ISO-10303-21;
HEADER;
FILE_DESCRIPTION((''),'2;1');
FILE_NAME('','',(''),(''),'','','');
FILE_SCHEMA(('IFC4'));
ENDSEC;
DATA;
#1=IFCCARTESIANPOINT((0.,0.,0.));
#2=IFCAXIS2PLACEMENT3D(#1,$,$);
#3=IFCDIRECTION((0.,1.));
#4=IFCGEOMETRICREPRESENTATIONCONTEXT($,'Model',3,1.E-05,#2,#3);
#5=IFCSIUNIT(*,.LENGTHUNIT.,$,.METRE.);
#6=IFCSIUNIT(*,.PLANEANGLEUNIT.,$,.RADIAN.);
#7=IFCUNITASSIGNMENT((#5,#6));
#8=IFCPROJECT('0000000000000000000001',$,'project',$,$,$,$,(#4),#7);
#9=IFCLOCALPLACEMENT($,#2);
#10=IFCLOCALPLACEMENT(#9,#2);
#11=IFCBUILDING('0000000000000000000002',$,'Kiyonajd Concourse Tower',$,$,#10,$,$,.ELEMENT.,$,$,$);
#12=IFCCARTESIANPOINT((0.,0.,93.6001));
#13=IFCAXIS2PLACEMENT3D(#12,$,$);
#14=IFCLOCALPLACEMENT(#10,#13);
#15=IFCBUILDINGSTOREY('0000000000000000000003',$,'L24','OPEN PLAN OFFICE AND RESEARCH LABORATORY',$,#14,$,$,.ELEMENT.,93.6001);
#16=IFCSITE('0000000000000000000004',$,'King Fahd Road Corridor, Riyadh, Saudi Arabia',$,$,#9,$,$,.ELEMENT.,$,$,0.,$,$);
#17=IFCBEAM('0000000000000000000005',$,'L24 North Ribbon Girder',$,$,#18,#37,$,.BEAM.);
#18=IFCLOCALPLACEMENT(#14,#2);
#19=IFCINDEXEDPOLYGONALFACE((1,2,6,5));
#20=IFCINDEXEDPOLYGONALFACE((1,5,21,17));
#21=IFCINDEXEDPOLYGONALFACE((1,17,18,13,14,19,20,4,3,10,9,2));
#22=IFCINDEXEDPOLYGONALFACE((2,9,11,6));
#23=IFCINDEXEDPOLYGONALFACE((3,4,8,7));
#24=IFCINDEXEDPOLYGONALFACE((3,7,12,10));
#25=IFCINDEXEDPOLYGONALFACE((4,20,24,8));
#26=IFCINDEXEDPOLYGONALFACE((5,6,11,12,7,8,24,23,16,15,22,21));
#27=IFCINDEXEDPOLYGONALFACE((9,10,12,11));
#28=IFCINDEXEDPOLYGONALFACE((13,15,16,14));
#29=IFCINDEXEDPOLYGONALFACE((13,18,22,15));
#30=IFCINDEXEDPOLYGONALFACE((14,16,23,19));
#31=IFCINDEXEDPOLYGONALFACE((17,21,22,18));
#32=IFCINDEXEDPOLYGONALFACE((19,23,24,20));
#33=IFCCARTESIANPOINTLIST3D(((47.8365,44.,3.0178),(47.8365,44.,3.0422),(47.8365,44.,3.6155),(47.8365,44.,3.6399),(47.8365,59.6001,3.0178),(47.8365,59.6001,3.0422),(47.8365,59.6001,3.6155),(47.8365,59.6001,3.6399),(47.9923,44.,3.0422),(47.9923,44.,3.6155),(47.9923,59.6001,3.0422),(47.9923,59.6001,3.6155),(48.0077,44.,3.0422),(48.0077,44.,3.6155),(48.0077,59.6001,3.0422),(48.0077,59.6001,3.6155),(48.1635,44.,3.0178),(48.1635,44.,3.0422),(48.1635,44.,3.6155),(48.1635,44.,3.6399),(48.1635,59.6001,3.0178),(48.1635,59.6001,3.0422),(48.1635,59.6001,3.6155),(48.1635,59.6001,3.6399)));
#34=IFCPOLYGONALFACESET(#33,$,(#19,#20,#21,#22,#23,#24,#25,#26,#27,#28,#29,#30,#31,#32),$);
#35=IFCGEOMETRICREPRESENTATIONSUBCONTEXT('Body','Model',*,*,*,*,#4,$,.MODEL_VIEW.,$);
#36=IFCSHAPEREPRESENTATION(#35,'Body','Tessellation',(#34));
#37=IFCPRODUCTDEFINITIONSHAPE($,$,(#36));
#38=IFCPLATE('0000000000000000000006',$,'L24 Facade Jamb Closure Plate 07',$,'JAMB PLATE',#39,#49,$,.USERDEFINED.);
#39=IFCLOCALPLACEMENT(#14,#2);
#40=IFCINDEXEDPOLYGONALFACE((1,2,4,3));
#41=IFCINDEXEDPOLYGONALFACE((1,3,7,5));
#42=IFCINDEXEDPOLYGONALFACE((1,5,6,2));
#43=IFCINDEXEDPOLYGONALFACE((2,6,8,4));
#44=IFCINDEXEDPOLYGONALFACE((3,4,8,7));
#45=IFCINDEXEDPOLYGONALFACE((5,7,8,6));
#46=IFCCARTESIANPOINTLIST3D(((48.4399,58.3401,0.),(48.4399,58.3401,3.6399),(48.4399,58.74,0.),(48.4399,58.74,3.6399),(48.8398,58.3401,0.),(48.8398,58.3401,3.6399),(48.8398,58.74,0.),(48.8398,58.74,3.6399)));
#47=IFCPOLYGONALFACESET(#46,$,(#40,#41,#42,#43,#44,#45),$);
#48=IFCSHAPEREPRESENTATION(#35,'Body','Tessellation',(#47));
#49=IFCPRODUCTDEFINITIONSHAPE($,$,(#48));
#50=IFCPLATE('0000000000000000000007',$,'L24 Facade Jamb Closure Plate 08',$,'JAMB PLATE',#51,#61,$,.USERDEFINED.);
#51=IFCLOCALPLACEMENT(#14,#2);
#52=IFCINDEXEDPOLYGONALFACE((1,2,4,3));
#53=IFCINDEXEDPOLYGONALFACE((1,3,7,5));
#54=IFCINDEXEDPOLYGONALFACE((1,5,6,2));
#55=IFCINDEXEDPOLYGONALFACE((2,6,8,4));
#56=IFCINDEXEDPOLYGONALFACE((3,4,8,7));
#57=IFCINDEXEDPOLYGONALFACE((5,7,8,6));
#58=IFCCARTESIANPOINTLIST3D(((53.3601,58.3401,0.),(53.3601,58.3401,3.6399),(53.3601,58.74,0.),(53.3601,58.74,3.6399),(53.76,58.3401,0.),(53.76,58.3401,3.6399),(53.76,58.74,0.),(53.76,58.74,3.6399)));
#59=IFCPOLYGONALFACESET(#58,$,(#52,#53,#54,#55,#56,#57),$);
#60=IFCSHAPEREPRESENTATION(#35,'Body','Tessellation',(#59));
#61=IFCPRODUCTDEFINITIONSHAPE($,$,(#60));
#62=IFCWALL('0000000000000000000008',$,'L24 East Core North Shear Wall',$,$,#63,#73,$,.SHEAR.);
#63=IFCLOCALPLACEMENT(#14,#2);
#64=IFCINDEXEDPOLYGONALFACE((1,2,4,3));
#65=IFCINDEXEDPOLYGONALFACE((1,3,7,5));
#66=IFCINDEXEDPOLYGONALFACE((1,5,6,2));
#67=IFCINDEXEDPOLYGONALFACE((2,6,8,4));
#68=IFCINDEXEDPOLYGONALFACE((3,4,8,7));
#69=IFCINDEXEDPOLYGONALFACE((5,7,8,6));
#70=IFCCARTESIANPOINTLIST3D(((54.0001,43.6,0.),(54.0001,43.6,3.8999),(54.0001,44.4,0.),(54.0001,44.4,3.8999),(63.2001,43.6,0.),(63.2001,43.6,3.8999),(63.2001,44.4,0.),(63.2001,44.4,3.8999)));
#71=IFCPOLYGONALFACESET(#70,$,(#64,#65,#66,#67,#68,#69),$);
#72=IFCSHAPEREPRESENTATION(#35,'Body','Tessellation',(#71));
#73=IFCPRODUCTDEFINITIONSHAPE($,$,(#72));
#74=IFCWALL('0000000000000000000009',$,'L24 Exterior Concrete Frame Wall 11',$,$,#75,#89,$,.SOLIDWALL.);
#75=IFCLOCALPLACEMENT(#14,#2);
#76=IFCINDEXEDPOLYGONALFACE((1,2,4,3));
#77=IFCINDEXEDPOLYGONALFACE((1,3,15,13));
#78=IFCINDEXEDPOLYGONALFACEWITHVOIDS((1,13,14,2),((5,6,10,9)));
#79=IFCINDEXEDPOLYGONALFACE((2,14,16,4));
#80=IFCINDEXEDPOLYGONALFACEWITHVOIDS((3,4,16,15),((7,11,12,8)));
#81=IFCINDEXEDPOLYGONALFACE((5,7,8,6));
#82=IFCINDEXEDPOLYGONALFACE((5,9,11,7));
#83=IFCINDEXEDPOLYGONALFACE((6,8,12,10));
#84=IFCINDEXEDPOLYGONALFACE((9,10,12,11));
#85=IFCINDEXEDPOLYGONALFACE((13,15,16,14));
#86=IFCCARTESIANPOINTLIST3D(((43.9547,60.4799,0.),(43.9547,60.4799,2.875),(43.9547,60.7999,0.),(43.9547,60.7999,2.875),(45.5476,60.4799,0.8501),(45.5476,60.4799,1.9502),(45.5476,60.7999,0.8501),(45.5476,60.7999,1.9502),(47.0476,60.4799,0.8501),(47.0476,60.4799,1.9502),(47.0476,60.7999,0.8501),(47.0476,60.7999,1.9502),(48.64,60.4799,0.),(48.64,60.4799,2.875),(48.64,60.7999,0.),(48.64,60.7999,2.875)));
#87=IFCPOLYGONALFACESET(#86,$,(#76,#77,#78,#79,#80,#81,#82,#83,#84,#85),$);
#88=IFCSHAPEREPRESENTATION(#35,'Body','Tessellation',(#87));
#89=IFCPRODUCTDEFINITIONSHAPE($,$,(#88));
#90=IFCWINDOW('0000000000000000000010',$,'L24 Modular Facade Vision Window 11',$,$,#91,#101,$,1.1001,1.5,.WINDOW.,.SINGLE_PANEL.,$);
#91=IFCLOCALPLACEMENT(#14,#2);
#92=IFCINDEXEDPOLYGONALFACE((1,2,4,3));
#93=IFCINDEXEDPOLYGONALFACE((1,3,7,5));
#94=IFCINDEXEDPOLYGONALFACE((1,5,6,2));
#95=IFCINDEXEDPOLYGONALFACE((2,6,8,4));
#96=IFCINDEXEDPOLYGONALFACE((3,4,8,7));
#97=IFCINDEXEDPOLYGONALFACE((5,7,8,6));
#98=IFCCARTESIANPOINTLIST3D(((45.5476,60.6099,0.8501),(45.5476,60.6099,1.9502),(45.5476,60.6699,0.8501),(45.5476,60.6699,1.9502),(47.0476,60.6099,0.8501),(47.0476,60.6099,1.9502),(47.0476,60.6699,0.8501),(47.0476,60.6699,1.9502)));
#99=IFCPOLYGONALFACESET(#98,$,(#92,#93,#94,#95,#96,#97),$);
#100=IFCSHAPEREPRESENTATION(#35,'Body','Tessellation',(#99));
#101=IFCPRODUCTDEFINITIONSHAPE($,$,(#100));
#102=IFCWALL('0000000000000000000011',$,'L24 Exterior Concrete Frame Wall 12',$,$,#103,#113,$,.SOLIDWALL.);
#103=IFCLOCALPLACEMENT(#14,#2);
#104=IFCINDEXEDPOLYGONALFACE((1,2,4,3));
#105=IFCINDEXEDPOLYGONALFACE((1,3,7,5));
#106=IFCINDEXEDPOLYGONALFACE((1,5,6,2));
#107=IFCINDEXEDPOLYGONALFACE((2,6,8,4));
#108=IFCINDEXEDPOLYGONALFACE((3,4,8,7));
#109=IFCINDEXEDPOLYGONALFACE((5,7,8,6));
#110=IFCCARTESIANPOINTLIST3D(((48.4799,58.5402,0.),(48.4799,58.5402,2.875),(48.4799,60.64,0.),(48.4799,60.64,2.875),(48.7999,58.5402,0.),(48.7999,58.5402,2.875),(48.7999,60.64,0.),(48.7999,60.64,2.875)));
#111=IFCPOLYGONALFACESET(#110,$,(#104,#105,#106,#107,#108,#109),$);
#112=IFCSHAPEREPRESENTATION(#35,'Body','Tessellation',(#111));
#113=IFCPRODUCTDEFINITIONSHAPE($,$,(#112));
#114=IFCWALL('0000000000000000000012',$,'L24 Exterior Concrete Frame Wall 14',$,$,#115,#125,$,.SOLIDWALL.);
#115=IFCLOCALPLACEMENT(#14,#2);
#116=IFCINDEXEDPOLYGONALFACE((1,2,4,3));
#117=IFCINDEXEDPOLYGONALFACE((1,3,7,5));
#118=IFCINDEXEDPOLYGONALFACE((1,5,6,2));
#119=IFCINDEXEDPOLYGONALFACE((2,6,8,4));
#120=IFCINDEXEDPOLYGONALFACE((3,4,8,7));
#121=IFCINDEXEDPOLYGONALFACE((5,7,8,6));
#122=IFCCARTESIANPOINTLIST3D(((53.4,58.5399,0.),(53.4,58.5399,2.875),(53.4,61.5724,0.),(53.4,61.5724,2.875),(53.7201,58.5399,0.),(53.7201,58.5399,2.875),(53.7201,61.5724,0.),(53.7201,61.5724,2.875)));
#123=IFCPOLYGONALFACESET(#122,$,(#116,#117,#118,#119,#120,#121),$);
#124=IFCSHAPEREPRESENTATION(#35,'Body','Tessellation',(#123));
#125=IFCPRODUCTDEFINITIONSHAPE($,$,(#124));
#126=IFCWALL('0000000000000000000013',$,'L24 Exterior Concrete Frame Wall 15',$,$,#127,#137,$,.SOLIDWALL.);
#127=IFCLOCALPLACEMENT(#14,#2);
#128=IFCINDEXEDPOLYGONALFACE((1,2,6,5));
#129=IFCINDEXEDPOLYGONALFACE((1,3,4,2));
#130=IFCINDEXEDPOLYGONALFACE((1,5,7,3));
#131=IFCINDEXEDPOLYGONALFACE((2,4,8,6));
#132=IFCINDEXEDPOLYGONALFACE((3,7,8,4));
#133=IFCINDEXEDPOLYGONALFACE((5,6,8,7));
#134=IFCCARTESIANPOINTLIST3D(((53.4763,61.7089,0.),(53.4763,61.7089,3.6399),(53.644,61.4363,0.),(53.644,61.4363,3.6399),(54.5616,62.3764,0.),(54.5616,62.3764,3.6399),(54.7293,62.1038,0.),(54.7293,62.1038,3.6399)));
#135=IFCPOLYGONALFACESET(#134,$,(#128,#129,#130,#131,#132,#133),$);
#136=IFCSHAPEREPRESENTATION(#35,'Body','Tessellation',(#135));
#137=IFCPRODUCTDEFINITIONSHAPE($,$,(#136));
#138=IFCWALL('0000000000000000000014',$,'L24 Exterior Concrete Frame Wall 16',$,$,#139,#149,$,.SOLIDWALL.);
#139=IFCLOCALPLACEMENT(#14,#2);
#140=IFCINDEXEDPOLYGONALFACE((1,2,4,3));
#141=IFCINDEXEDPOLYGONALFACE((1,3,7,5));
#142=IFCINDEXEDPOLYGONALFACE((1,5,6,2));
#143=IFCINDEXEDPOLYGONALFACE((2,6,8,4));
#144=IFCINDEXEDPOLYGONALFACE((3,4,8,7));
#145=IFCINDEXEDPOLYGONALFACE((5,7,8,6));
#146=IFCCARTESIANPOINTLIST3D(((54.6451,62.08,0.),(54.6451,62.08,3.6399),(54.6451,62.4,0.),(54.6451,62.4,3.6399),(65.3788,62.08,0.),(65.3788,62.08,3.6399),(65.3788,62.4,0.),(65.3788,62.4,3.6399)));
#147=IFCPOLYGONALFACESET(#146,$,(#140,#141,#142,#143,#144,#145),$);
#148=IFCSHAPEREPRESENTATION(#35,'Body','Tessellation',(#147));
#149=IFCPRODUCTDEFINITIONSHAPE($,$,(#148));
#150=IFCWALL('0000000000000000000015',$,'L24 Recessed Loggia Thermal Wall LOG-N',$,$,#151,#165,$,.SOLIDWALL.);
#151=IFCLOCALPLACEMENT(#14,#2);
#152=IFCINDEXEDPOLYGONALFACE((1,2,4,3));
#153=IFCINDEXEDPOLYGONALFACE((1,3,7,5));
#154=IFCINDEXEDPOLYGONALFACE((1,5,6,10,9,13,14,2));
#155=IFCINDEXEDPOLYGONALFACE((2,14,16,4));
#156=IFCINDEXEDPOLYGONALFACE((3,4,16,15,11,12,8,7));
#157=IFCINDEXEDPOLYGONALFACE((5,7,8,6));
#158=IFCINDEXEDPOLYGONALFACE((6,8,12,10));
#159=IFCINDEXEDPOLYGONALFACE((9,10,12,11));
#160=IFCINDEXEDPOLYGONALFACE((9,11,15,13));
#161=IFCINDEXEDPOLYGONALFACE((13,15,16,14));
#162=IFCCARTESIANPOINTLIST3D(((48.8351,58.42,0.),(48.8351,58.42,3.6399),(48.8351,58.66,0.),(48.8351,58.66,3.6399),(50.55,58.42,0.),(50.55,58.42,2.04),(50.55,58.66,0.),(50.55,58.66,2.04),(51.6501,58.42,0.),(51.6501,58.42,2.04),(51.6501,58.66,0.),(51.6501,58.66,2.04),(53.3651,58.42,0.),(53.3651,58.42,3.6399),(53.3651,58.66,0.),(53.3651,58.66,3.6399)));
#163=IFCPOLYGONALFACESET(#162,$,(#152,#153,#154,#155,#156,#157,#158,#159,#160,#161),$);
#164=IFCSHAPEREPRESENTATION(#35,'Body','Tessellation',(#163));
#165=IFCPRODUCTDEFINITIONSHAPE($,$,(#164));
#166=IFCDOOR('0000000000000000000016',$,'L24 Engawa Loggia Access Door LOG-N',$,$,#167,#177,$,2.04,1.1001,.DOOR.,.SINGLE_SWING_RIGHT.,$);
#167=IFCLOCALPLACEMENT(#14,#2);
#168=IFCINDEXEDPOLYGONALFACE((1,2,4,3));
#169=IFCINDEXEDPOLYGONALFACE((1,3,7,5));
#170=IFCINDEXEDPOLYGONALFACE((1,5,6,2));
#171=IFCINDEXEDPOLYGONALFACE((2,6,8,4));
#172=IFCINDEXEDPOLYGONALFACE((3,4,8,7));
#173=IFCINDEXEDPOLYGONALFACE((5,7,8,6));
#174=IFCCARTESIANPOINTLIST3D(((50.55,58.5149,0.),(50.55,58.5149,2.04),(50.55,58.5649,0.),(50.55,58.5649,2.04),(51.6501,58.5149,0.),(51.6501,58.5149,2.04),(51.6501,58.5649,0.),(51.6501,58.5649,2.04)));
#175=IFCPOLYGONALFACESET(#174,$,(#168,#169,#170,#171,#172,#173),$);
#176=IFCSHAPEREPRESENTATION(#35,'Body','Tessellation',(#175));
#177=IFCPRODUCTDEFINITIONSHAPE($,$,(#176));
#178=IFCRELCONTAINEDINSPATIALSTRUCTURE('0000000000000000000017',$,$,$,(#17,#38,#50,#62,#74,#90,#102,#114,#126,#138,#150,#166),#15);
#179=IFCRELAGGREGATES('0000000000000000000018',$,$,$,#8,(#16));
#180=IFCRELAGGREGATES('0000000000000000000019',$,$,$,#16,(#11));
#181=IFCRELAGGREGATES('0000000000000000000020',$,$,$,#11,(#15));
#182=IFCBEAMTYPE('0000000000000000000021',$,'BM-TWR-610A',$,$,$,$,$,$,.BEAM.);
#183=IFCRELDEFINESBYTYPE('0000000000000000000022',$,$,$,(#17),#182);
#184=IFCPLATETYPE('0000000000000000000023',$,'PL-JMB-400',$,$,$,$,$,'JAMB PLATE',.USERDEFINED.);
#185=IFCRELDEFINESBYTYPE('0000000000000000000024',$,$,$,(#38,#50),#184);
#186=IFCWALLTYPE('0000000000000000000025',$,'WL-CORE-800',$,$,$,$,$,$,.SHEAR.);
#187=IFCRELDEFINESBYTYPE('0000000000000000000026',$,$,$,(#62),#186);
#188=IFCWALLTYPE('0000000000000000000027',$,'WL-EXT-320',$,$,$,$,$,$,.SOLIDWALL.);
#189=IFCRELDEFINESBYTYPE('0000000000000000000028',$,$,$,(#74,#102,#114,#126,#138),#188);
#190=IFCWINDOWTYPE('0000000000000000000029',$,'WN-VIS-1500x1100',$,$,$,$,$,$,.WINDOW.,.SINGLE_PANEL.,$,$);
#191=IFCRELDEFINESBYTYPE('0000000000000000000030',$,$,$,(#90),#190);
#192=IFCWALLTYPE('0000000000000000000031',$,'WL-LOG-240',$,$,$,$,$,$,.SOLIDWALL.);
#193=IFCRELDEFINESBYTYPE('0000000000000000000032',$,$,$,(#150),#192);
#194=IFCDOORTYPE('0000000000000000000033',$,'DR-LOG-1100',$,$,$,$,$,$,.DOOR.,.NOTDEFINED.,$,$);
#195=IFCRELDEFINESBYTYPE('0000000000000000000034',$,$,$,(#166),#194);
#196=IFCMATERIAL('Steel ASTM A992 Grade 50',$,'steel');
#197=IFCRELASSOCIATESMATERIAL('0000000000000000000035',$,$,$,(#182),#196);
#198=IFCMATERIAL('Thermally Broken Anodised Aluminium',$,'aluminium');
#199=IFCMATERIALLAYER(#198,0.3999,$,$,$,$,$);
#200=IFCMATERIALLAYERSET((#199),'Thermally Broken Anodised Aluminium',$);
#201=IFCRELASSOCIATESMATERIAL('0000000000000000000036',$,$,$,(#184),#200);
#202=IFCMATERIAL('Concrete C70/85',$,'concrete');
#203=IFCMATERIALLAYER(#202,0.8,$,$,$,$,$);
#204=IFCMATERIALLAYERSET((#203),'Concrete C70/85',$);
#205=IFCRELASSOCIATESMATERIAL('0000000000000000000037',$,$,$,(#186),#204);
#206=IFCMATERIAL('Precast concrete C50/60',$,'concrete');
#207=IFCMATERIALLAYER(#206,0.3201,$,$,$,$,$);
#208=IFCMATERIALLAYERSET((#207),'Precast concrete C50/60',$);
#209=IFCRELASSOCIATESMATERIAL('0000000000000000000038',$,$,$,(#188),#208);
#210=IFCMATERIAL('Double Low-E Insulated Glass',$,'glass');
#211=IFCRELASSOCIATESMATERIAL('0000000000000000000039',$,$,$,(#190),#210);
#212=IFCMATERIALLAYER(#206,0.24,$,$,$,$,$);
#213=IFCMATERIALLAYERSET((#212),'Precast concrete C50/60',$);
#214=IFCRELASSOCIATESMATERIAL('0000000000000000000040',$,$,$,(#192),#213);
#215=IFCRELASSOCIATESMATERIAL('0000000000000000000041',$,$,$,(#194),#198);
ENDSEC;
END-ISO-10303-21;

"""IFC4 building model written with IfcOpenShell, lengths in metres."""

from ifc_helpers import new_model, si_unit, direction, frame, frame_2d, origin, origin_2d, place, context, subcontext, project, spatial, rectangle, i_section, extrude, material, layer, layer_set, material_profile, profile_set, type_object, element, fill, save


model = new_model("IFC4")

# Units and contexts
model_context = context("Model", 3, precision=1e-05, world=origin(), true_north=direction((0.0, 1.0)))
body_context = subcontext(model_context, "Body", "Model", "MODEL_VIEW")
ifc_project = project(units=[si_unit("LENGTHUNIT", "METRE"), si_unit("PLANEANGLEUNIT", "RADIAN")], contexts=[model_context])

# Site, building, storey
site_placement = place(None, origin())
site = spatial("IfcSite", under=ifc_project, at=site_placement, Name="King Fahd Road Corridor, Riyadh, Saudi Arabia", CompositionType="ELEMENT", RefElevation=0.0)
building_placement = place(site_placement, origin())
building = spatial("IfcBuilding", under=site, at=building_placement, Name="Kiyonajd Concourse Tower", CompositionType="ELEMENT")
storey_placement = place(building_placement, frame((0.0, 0.0, 93.6001)))
storey = spatial("IfcBuildingStorey", under=building, at=storey_placement, Name="L24", Description="OPEN PLAN OFFICE AND RESEARCH LABORATORY", CompositionType="ELEMENT", Elevation=93.6001)

# Shared definitions
ifc_material_1 = material(Name="Concrete C70/85", Category="concrete")

# Beam
ifc_material_2 = material(Name="Steel ASTM A992 Grade 50", Category="steel")
ifc_material_3 = material(Name="Precast concrete C50/60", Category="concrete")
ifc_material_profile_1 = material_profile(ifc_material_2, i_section(OverallWidth=0.3269, OverallDepth=0.6221, WebThickness=0.0154, FlangeThickness=0.0244, at=origin_2d()), Name="W610X195")
ifc_profile_set_1 = profile_set([ifc_material_profile_1], Name="Steel ASTM A992 Grade 50")
beam_type_1 = type_object("IfcBeamType", Name="BM-TWR-610A", PredefinedType="BEAM", material=ifc_profile_set_1)
beam_1_placement = place(storey_placement, frame((48.0, 44.0, 3.3289), z_axis=(0.0, 1.0, 0.0), x_axis=(-1.0, 0.0, 0.0)))
element("IfcBeam", 1, at=beam_1_placement, inside=storey, type_object=beam_type_1, Name="L24 North Ribbon Girder", PredefinedType="BEAM", context=body_context, shape_type="SweptSolid", body=[
    extrude(i_section(OverallWidth=0.3269, OverallDepth=0.6221, WebThickness=0.0154, FlangeThickness=0.0244, at=origin_2d()), origin(), (0.0, 0.0, 1.0), 15.6001),
])

# Plates
ifc_material_4 = material(Name="Thermally Broken Anodised Aluminium", Category="aluminium")
ifc_layer_1 = layer(ifc_material_4, 0.3999)
ifc_layer_set_1 = layer_set([ifc_layer_1], Name="Thermally Broken Anodised Aluminium")
plate_type = type_object("IfcPlateType", Name="PL-JMB-400", ElementType="JAMB PLATE", PredefinedType="USERDEFINED", material=ifc_layer_set_1)
for number, where, z_axis, x_axis, name in (
    (2, (48.6399, 58.54, 0.0), (0.0, 0.0, 1.0), (1.0, 0.0, 0.0), "L24 Facade Jamb Closure Plate 07"),
    (3, (53.5601, 58.54, 0.0), (0.0, 0.0, 1.0), (1.0, 0.0, 0.0), "L24 Facade Jamb Closure Plate 08"),
):
    element("IfcPlate", number, at=place(storey_placement, frame(where, z_axis=z_axis, x_axis=x_axis)), inside=storey, type_object=plate_type, Name=name, ObjectType="JAMB PLATE", PredefinedType="USERDEFINED", context=body_context, shape_type="SweptSolid", body=[
        extrude(rectangle(XDim=0.3999, YDim=0.3999, at=origin_2d()), origin(), (0.0, 0.0, 1.0), 3.6399),
    ])

# Wall
ifc_layer_2 = layer(ifc_material_1, 0.8)
ifc_layer_set_2 = layer_set([ifc_layer_2], Name="Concrete C70/85")
wall_type_1 = type_object("IfcWallType", Name="WL-CORE-800", PredefinedType="SHEAR", material=ifc_layer_set_2)
wall_1_placement = place(storey_placement, frame((54.0, 44.0, 0.0), z_axis=(0.0, 0.0, 1.0), x_axis=(1.0, 0.0, 0.0)))
element("IfcWall", 4, at=wall_1_placement, inside=storey, type_object=wall_type_1, Name="L24 East Core North Shear Wall", PredefinedType="SHEAR", context=body_context, shape_type="SweptSolid", body=[
    extrude(rectangle(XDim=9.2, YDim=0.8, at=frame_2d((4.6001, 0.0))), origin(), (0.0, 0.0, 1.0), 3.8999),
])

# Wall, opening, window
ifc_layer_3 = layer(ifc_material_3, 0.3201)
ifc_layer_set_3 = layer_set([ifc_layer_3], Name="Precast concrete C50/60")
wall_type_2 = type_object("IfcWallType", Name="WL-EXT-320", PredefinedType="SOLIDWALL", material=ifc_layer_set_3)
wall_2_placement = place(storey_placement, frame((43.9546, 60.6399, 0.0), z_axis=(0.0, 0.0, 1.0), x_axis=(1.0, 0.0, 0.0)))
wall_2 = element("IfcWall", 5, at=wall_2_placement, inside=storey, type_object=wall_type_2, Name="L24 Exterior Concrete Frame Wall 11", PredefinedType="SOLIDWALL", context=body_context, shape_type="SweptSolid", body=[
    extrude(rectangle(XDim=4.6853, YDim=0.3201, at=frame_2d((2.3428, 0.0))), origin(), (0.0, 0.0, 1.0), 2.875),
])
opening_1_placement = place(wall_2_placement, frame((1.593, 0.0, 0.8501)))
opening_1 = element("IfcOpeningElement", 6, at=opening_1_placement, cuts=wall_2, PredefinedType="OPENING", context=body_context, shape_type="SweptSolid", body=[
    extrude(rectangle(XDim=1.5, YDim=1.1001, at=frame_2d((0.75, 0.55))), frame((0.0, 0.1699, 0.0), z_axis=(0.0, -1.0, 0.0), x_axis=(1.0, 0.0, 0.0)), (0.0, 0.0, 1.0), 0.3401),
])
ifc_material_5 = material(Name="Double Low-E Insulated Glass", Category="glass")
window_type = type_object("IfcWindowType", Name="WN-VIS-1500x1100", PartitioningType="SINGLE_PANEL", PredefinedType="WINDOW", material=ifc_material_5)
window_placement = place(opening_1_placement, origin())
window = element("IfcWindow", 7, at=window_placement, inside=storey, type_object=window_type, Name="L24 Modular Facade Vision Window 11", OverallHeight=1.1001, OverallWidth=1.5, PartitioningType="SINGLE_PANEL", PredefinedType="WINDOW", context=body_context, shape_type="SweptSolid", body=[
    extrude(rectangle(XDim=1.5, YDim=1.1001, at=frame_2d((0.75, 0.55))), frame((0.0, 0.03, 0.0), z_axis=(0.0, -1.0, 0.0), x_axis=(1.0, 0.0, 0.0)), (0.0, 0.0, 1.0), 0.0601),
])
fill(opening_1, window)

# Walls
wall_3_placement = place(storey_placement, frame((48.6399, 60.6399, 0.0), z_axis=(0.0, 0.0, 1.0), x_axis=(0.0, -1.0, 0.0)))
element("IfcWall", 8, at=wall_3_placement, inside=storey, type_object=wall_type_2, Name="L24 Exterior Concrete Frame Wall 12", PredefinedType="SOLIDWALL", context=body_context, shape_type="SweptSolid", body=[
    extrude(rectangle(XDim=2.0999, YDim=0.3201, at=frame_2d((1.0498, 0.0))), origin(), (0.0, 0.0, 1.0), 2.875),
])
wall_4_placement = place(storey_placement, frame((53.5601, 58.54, 0.0), z_axis=(0.0, 0.0, 1.0), x_axis=(0.0, 1.0, 0.0)))
element("IfcWall", 9, at=wall_4_placement, inside=storey, type_object=wall_type_2, Name="L24 Exterior Concrete Frame Wall 14", PredefinedType="SOLIDWALL", context=body_context, shape_type="SweptSolid", body=[
    extrude(rectangle(XDim=3.0325, YDim=0.3201, at=frame_2d((1.5161, 0.0))), origin(), (0.0, 0.0, 1.0), 2.875),
])
wall_5_placement = place(storey_placement, frame((53.5601, 61.5725, 0.0), z_axis=(0.0, 0.0, 1.0), x_axis=(0.851777, 0.523905, 0.0)))
element("IfcWall", 10, at=wall_5_placement, inside=storey, type_object=wall_type_2, Name="L24 Exterior Concrete Frame Wall 15", PredefinedType="SOLIDWALL", context=body_context, shape_type="SweptSolid", body=[
    extrude(rectangle(XDim=1.2742, YDim=0.3201, at=frame_2d((0.6372, 0.0))), origin(), (0.0, 0.0, 1.0), 3.6399),
])
wall_6_placement = place(storey_placement, frame((54.6453, 62.24, 0.0), z_axis=(0.0, 0.0, 1.0), x_axis=(1.0, 0.0, 0.0)))
element("IfcWall", 11, at=wall_6_placement, inside=storey, type_object=wall_type_2, Name="L24 Exterior Concrete Frame Wall 16", PredefinedType="SOLIDWALL", context=body_context, shape_type="SweptSolid", body=[
    extrude(rectangle(XDim=10.7336, YDim=0.3201, at=frame_2d((5.3667, 0.0))), origin(), (0.0, 0.0, 1.0), 3.6399),
])

# Wall, opening, door
ifc_layer_4 = layer(ifc_material_3, 0.24)
ifc_layer_set_4 = layer_set([ifc_layer_4], Name="Precast concrete C50/60")
wall_type_3 = type_object("IfcWallType", Name="WL-LOG-240", PredefinedType="SOLIDWALL", material=ifc_layer_set_4)
wall_7_placement = place(storey_placement, frame((48.835, 58.54, 0.0), z_axis=(0.0, 0.0, 1.0), x_axis=(1.0, 0.0, 0.0)))
wall_7 = element("IfcWall", 12, at=wall_7_placement, inside=storey, type_object=wall_type_3, Name="L24 Recessed Loggia Thermal Wall LOG-N", PredefinedType="SOLIDWALL", context=body_context, shape_type="SweptSolid", body=[
    extrude(rectangle(XDim=4.53, YDim=0.24, at=frame_2d((2.2651, 0.0))), origin(), (0.0, 0.0, 1.0), 3.6399),
])
opening_2_placement = place(wall_7_placement, frame((1.7151, 0.0, 0.0)))
opening_2 = element("IfcOpeningElement", 13, at=opening_2_placement, cuts=wall_7, PredefinedType="OPENING", context=body_context, shape_type="SweptSolid", body=[
    extrude(rectangle(XDim=1.1001, YDim=2.04, at=frame_2d((0.55, 1.02))), frame((0.0, 0.1299, 0.0), z_axis=(0.0, -1.0, 0.0), x_axis=(1.0, 0.0, 0.0)), (0.0, 0.0, 1.0), 0.26),
])
door_type = type_object("IfcDoorType", Name="DR-LOG-1100", OperationType="NOTDEFINED", PredefinedType="DOOR", material=ifc_material_4)
door_placement = place(opening_2_placement, origin())
door = element("IfcDoor", 14, at=door_placement, inside=storey, type_object=door_type, Name="L24 Engawa Loggia Access Door LOG-N", OperationType="SINGLE_SWING_RIGHT", OverallHeight=2.04, OverallWidth=1.1001, PredefinedType="DOOR", context=body_context, shape_type="SweptSolid", body=[
    extrude(rectangle(XDim=1.1001, YDim=2.04, at=frame_2d((0.55, 1.02))), frame((0.0, 0.0249, 0.0), z_axis=(0.0, -1.0, 0.0), x_axis=(1.0, 0.0, 0.0)), (0.0, 0.0, 1.0), 0.05),
])
fill(opening_2, door)

save(model, "model.ifc")
